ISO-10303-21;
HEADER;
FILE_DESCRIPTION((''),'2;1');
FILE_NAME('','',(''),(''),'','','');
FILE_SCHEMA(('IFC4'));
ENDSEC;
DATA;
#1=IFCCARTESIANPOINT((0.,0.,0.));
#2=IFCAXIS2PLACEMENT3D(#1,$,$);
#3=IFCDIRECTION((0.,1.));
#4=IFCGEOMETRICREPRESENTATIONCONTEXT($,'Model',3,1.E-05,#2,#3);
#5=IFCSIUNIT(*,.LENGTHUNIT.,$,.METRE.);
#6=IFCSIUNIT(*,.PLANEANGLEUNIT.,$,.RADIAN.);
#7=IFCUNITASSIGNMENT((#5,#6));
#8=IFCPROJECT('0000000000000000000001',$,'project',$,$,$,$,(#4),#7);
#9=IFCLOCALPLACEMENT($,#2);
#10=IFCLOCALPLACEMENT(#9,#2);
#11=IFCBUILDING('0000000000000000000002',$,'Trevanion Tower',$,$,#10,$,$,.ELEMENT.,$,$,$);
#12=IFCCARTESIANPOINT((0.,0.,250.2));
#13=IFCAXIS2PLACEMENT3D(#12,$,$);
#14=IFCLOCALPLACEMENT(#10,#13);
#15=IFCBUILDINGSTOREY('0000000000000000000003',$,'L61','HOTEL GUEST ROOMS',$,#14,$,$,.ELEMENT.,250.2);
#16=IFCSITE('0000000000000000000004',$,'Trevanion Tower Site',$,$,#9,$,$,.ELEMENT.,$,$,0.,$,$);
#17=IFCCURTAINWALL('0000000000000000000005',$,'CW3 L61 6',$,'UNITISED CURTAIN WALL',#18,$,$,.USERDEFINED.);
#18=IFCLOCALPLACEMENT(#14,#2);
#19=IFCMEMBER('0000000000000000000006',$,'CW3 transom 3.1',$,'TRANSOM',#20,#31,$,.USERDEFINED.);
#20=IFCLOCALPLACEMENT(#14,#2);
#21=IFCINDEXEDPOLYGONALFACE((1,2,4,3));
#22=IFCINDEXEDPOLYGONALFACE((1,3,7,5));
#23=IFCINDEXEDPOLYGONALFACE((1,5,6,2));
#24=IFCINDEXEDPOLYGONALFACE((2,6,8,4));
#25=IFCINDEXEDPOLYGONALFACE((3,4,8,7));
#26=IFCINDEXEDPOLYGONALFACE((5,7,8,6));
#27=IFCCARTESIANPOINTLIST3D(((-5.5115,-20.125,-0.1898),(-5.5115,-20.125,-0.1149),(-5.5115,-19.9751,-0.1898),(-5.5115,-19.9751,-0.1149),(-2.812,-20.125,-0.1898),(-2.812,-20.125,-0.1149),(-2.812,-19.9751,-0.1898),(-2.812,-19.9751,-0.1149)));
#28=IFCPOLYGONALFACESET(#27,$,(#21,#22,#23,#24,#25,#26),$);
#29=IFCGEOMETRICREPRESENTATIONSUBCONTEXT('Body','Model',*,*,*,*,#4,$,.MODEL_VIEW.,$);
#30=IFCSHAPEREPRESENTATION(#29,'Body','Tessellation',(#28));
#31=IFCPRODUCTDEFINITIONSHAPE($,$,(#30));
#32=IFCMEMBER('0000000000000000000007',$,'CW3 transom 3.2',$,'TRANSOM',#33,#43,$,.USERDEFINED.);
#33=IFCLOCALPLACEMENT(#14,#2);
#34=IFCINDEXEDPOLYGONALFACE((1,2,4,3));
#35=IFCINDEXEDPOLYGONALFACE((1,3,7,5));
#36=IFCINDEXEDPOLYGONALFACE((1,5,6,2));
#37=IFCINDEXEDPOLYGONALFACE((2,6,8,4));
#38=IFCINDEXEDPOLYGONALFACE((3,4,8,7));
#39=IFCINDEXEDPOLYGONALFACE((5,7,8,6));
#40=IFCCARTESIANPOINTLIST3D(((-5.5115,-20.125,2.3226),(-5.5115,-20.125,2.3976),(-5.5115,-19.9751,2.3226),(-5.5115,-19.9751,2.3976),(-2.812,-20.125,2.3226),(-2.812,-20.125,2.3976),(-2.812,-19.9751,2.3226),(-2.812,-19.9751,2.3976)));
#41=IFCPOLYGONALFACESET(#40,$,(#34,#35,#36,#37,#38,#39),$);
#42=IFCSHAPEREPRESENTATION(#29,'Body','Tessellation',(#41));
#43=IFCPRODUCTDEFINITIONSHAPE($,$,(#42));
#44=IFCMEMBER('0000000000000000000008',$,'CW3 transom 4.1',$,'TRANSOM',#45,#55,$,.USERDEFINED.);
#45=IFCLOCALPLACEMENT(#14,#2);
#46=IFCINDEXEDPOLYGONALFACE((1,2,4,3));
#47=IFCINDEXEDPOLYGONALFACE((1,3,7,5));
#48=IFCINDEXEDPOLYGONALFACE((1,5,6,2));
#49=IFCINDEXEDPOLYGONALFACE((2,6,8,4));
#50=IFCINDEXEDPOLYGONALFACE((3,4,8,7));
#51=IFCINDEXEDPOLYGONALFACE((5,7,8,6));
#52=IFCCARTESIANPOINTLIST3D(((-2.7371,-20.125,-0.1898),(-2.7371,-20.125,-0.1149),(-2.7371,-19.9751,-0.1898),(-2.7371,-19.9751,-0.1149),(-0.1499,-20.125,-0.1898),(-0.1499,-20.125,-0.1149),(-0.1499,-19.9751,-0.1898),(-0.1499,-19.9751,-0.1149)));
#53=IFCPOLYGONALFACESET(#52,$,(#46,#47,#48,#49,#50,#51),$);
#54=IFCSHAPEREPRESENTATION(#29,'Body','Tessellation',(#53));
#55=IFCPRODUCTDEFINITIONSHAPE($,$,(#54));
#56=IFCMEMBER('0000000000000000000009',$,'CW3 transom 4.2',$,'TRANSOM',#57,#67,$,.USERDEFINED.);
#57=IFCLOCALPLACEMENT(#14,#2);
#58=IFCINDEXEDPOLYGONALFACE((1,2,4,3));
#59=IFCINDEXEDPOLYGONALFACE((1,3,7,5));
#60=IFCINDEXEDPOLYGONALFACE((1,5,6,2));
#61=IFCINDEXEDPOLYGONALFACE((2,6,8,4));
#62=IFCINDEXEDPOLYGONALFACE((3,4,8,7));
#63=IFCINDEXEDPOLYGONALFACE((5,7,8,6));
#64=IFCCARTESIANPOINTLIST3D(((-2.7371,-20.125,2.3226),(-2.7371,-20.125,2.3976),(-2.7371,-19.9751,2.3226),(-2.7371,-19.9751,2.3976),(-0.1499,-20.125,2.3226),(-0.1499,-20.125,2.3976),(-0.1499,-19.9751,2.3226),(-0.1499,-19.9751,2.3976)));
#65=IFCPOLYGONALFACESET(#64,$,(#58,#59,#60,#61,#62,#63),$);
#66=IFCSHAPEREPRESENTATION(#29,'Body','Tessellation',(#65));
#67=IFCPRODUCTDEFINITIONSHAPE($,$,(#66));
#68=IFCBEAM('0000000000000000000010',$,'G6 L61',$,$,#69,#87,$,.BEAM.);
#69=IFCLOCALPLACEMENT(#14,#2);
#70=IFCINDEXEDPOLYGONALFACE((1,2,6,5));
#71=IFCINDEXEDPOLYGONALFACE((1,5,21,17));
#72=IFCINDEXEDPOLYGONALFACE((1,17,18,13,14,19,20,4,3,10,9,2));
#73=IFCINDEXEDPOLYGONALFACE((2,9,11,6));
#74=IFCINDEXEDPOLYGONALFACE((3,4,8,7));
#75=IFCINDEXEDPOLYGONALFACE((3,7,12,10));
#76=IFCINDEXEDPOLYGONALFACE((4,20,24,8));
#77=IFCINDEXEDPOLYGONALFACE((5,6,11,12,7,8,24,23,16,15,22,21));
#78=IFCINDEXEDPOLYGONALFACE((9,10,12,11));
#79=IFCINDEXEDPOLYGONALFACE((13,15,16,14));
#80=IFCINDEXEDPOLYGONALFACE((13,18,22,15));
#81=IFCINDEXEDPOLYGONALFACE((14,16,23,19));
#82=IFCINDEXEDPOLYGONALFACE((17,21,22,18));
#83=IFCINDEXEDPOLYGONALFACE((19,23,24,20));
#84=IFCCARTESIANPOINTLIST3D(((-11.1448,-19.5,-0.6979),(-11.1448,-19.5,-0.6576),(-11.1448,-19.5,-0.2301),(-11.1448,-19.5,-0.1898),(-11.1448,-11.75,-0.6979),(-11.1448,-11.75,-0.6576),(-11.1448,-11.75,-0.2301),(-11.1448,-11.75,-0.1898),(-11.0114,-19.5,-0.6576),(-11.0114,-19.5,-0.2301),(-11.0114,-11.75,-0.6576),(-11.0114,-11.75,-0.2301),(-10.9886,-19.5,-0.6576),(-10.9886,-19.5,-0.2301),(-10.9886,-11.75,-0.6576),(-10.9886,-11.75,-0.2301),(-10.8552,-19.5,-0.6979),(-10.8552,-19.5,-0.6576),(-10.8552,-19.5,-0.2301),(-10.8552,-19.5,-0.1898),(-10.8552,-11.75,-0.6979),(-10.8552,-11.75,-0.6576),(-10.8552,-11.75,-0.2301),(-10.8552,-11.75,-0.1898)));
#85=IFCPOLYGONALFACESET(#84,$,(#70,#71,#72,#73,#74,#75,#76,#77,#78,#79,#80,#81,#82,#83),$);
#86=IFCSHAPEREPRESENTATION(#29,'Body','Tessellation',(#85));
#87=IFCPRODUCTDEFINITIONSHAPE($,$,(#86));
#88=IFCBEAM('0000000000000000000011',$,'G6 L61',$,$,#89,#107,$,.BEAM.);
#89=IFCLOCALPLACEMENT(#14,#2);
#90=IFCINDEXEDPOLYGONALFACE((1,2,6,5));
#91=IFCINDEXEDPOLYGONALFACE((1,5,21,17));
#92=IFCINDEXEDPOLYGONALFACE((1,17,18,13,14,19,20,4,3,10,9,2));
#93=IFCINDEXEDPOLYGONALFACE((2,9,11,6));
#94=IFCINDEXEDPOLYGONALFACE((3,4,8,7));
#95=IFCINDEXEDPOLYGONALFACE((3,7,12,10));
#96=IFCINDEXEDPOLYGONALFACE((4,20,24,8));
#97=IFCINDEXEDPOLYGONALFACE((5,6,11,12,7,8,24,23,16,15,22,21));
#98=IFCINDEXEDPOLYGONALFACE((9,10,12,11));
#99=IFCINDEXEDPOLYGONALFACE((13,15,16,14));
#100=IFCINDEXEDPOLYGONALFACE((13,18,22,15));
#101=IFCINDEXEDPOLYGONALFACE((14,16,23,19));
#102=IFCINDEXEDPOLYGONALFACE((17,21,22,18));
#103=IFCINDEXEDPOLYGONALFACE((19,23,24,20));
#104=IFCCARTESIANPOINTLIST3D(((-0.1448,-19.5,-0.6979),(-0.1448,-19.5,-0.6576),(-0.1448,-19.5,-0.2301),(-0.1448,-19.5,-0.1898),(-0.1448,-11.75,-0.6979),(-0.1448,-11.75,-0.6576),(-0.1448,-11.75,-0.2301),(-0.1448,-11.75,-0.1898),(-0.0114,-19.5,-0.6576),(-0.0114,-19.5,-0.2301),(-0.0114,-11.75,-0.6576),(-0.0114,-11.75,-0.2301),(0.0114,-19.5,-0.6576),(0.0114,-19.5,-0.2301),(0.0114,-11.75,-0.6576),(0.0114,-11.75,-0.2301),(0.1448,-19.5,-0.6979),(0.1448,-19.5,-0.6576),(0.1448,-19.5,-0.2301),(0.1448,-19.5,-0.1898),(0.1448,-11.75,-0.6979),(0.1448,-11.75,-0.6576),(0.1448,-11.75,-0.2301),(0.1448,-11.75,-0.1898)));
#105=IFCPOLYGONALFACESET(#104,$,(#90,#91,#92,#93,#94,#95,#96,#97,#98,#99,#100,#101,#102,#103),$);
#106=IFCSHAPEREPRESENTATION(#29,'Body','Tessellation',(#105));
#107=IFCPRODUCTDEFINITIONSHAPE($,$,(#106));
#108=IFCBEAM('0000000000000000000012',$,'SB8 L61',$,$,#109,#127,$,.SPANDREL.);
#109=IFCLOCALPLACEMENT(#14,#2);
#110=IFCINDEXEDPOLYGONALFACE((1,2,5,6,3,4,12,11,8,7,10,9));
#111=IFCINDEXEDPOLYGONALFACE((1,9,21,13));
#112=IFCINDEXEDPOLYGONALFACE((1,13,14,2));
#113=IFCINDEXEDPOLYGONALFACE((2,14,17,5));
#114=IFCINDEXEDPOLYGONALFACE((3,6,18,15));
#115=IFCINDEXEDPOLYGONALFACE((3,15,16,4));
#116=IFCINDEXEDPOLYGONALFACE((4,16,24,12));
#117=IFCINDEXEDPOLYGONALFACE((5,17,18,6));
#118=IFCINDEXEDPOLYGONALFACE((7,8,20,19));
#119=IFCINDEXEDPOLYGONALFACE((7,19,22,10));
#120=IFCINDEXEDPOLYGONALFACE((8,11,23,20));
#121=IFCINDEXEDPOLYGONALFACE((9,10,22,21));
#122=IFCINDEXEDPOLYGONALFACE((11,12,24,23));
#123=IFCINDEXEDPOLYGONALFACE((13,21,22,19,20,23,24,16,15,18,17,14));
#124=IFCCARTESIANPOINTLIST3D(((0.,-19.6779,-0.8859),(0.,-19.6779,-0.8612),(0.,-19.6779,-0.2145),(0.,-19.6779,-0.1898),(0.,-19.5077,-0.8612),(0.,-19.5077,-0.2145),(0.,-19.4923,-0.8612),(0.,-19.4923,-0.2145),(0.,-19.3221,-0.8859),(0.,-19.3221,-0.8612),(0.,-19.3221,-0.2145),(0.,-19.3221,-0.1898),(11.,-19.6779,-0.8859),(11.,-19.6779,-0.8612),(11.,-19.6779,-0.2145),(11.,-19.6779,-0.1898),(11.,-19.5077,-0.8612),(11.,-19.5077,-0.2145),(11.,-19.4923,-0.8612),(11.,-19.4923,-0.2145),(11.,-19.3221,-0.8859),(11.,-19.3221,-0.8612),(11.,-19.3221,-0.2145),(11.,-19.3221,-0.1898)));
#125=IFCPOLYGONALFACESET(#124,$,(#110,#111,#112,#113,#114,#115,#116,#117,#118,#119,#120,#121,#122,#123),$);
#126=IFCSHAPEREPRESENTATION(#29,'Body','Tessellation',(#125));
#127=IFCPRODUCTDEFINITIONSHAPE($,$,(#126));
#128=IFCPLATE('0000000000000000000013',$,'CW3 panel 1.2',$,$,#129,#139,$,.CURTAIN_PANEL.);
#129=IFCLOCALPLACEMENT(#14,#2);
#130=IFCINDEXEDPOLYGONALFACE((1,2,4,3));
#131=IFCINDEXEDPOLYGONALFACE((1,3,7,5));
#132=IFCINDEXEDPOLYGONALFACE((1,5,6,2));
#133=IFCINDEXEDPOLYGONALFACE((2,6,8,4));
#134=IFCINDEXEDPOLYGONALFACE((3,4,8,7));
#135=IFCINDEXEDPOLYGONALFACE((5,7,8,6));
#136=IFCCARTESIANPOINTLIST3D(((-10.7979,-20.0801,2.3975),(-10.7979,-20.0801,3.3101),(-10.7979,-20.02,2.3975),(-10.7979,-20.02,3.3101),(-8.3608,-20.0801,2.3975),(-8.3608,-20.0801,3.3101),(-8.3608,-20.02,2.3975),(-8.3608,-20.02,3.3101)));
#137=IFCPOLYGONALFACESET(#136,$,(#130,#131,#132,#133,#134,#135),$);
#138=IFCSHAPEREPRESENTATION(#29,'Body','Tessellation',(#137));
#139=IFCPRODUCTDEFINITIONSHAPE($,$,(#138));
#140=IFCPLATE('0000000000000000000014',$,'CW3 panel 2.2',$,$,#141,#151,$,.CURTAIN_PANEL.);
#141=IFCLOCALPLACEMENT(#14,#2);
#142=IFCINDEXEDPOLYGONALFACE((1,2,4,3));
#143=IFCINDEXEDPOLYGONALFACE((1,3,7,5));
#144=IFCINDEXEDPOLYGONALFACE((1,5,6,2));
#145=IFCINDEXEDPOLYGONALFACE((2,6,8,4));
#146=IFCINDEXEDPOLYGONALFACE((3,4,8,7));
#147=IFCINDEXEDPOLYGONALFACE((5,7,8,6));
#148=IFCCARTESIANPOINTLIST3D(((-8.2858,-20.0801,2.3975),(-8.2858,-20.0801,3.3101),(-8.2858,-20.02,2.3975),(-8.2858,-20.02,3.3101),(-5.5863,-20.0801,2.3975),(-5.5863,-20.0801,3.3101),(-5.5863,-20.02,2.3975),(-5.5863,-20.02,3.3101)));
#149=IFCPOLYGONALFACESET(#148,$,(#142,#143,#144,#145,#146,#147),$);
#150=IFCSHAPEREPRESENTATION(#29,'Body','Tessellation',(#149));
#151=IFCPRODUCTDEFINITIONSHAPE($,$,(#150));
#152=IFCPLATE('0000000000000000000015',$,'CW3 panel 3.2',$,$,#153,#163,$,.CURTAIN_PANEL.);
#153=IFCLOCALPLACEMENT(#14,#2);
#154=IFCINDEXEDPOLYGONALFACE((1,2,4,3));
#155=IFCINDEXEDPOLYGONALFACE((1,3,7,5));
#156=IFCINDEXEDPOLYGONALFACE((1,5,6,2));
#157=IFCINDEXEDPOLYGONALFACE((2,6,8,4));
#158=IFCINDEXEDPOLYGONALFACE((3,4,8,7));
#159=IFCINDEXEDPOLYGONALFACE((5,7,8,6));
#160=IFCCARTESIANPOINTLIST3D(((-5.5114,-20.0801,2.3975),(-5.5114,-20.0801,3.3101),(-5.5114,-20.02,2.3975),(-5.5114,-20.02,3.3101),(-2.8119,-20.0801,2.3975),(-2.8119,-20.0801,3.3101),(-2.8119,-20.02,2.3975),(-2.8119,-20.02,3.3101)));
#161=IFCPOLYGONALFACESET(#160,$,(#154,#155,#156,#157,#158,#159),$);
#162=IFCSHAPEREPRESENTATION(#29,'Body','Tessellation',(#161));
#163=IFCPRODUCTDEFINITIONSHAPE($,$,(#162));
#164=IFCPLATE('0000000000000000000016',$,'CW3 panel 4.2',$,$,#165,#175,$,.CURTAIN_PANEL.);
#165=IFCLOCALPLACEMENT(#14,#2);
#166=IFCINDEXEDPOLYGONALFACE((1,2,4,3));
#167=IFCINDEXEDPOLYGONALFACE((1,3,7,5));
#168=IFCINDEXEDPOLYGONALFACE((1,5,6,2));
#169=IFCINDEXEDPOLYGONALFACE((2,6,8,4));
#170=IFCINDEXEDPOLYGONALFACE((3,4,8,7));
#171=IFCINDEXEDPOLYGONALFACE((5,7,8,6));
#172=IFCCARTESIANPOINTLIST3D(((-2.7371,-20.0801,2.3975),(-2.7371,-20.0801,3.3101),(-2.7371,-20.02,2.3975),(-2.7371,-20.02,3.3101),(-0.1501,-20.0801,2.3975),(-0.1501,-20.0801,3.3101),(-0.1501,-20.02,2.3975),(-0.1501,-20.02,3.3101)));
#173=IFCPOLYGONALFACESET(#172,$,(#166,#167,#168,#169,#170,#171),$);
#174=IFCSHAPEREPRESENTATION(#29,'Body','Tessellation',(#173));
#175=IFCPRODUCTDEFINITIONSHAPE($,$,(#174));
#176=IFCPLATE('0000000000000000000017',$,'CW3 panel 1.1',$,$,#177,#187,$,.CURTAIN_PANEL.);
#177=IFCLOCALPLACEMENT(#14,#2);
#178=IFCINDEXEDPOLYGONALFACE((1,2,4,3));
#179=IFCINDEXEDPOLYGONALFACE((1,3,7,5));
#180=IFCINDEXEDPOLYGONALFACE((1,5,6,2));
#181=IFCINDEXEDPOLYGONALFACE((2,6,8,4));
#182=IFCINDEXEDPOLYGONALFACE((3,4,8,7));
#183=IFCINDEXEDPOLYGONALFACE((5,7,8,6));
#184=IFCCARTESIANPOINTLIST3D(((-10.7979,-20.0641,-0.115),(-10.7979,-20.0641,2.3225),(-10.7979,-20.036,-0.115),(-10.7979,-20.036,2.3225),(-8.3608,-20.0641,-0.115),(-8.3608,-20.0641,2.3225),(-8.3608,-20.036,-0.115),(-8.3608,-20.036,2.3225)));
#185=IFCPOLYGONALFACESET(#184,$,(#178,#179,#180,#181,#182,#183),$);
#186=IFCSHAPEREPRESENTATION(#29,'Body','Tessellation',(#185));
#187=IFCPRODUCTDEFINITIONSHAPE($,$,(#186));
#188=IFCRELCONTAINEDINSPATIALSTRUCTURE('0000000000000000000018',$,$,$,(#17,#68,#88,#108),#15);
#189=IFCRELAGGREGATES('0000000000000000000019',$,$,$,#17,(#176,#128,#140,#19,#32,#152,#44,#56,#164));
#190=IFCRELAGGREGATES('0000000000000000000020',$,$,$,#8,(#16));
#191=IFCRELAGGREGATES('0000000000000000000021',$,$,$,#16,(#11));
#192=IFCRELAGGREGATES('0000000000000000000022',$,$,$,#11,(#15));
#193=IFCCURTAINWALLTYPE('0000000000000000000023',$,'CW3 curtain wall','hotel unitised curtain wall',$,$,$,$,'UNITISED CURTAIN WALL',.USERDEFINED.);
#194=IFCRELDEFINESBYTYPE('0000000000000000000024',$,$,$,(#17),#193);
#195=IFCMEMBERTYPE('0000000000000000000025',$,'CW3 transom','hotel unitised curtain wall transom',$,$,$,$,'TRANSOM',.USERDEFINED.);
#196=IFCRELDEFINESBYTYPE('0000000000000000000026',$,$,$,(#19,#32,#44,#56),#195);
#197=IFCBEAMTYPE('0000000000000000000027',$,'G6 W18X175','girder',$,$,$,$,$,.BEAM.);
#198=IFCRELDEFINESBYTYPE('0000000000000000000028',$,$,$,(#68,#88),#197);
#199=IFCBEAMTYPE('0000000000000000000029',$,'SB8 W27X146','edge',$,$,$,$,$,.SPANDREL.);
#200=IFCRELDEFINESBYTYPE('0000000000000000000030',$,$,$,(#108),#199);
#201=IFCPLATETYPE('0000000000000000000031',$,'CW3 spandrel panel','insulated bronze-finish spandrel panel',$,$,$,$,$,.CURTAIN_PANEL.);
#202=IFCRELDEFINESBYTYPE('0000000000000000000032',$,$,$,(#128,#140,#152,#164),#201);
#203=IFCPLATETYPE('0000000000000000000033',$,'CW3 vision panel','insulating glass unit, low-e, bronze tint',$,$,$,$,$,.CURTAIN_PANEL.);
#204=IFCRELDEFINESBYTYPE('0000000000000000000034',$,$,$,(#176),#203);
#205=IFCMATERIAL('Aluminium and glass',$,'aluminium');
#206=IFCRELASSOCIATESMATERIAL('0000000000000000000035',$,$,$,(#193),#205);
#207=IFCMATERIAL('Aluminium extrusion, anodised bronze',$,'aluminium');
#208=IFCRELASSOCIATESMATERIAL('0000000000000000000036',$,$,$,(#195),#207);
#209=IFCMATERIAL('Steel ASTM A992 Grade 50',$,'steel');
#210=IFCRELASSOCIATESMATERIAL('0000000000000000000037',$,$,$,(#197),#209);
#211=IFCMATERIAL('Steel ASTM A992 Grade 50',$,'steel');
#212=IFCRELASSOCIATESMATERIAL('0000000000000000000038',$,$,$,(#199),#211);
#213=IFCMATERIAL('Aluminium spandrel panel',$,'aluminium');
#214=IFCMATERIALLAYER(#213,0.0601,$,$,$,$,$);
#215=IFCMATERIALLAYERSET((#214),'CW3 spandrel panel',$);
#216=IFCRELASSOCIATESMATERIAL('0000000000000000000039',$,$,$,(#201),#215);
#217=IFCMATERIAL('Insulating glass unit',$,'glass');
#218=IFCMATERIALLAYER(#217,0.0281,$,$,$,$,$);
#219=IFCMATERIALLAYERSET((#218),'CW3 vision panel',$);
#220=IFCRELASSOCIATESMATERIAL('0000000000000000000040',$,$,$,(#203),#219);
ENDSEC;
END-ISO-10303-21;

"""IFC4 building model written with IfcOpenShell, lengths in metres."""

from ifc_helpers import new_model, si_unit, direction, frame, origin, origin_2d, place, context, subcontext, project, spatial, rectangle, i_section, extrude, material, layer, layer_set, material_profile, profile_set, type_object, element, aggregate, save


model = new_model("IFC4")

# Units and contexts
model_context = context("Model", 3, precision=1e-05, world=origin(), true_north=direction((0.0, 1.0)))
body_context = subcontext(model_context, "Body", "Model", "MODEL_VIEW")
ifc_project = project(units=[si_unit("LENGTHUNIT", "METRE"), si_unit("PLANEANGLEUNIT", "RADIAN")], contexts=[model_context])

# Site, building, storey
site_placement = place(None, origin())
site = spatial("IfcSite", under=ifc_project, at=site_placement, Name="Trevanion Tower Site", CompositionType="ELEMENT", RefElevation=0.0)
building_placement = place(site_placement, origin())
building = spatial("IfcBuilding", under=site, at=building_placement, Name="Trevanion Tower", CompositionType="ELEMENT")
storey_placement = place(building_placement, frame((0.0, 0.0, 250.2)))
storey = spatial("IfcBuildingStorey", under=building, at=storey_placement, Name="L61", Description="HOTEL GUEST ROOMS", CompositionType="ELEMENT", Elevation=250.2)

# Curtain wall, members
ifc_material_1 = material(Name="Aluminium and glass", Category="aluminium")
curtain_wall_type = type_object("IfcCurtainWallType", Name="CW3 curtain wall", Description="hotel unitised curtain wall", ElementType="UNITISED CURTAIN WALL", PredefinedType="USERDEFINED", material=ifc_material_1)
curtain_wall_placement = place(storey_placement, origin())
curtain_wall = element("IfcCurtainWall", 1, at=curtain_wall_placement, inside=storey, type_object=curtain_wall_type, Name="CW3 L61 6", ObjectType="UNITISED CURTAIN WALL", PredefinedType="USERDEFINED")
ifc_material_2 = material(Name="Aluminium extrusion, anodised bronze", Category="aluminium")
ifc_material_profile_1 = material_profile(ifc_material_2, rectangle(XDim=0.1499, YDim=0.075, at=origin_2d()), Name="CW3 transom")
ifc_profile_set_1 = profile_set([ifc_material_profile_1], Name="Aluminium extrusion, anodised bronze")
member_type_1 = type_object("IfcMemberType", Name="CW3 transom", Description="hotel unitised curtain wall transom", ElementType="TRANSOM", PredefinedType="USERDEFINED", material=ifc_profile_set_1)
member_1_placement = place(storey_placement, frame((-5.5115, -20.05, -0.1523), z_axis=(1.0, 0.0, 0.0), x_axis=(0.0, 1.0, 0.0)))
member_1 = element("IfcMember", 2, at=member_1_placement, type_object=member_type_1, Name="CW3 transom 3.1", ObjectType="TRANSOM", PredefinedType="USERDEFINED", context=body_context, shape_type="SweptSolid", body=[
    extrude(rectangle(XDim=0.1499, YDim=0.075, at=origin_2d()), origin(), (0.0, 0.0, 1.0), 2.6995),
])
member_2_placement = place(storey_placement, frame((-5.5115, -20.05, 2.3601), z_axis=(1.0, 0.0, 0.0), x_axis=(0.0, 1.0, 0.0)))
member_2 = element("IfcMember", 3, at=member_2_placement, type_object=member_type_1, Name="CW3 transom 3.2", ObjectType="TRANSOM", PredefinedType="USERDEFINED", context=body_context, shape_type="SweptSolid", body=[
    extrude(rectangle(XDim=0.1499, YDim=0.075, at=origin_2d()), origin(), (0.0, 0.0, 1.0), 2.6995),
])
member_3_placement = place(storey_placement, frame((-2.7371, -20.05, -0.1523), z_axis=(1.0, 0.0, 0.0), x_axis=(0.0, 1.0, 0.0)))
member_3 = element("IfcMember", 4, at=member_3_placement, type_object=member_type_1, Name="CW3 transom 4.1", ObjectType="TRANSOM", PredefinedType="USERDEFINED", context=body_context, shape_type="SweptSolid", body=[
    extrude(rectangle(XDim=0.1499, YDim=0.075, at=origin_2d()), origin(), (0.0, 0.0, 1.0), 2.5872),
])
member_4_placement = place(storey_placement, frame((-2.7371, -20.05, 2.3601), z_axis=(1.0, 0.0, 0.0), x_axis=(0.0, 1.0, 0.0)))
member_4 = element("IfcMember", 5, at=member_4_placement, type_object=member_type_1, Name="CW3 transom 4.2", ObjectType="TRANSOM", PredefinedType="USERDEFINED", context=body_context, shape_type="SweptSolid", body=[
    extrude(rectangle(XDim=0.1499, YDim=0.075, at=origin_2d()), origin(), (0.0, 0.0, 1.0), 2.5872),
])

# Beams
ifc_material_3 = material(Name="Steel ASTM A992 Grade 50", Category="steel")
ifc_material_profile_2 = material_profile(ifc_material_3, i_section(OverallWidth=0.2896, OverallDepth=0.5081, WebThickness=0.0227, FlangeThickness=0.0403, at=origin_2d()), Name="W18X175")
ifc_profile_set_2 = profile_set([ifc_material_profile_2], Name="Steel ASTM A992 Grade 50")
beam_type_1 = type_object("IfcBeamType", Name="G6 W18X175", Description="girder", PredefinedType="BEAM", material=ifc_profile_set_2)
for number, where, z_axis, x_axis, name in (
    (6, (-11.0, -11.75, -0.4438), (0.0, -1.0, 0.0), (1.0, 0.0, 0.0), "G6 L61"),
    (7, (0.0, -11.75, -0.4438), (0.0, -1.0, 0.0), (1.0, 0.0, 0.0), "G6 L61"),
):
    element("IfcBeam", number, at=place(storey_placement, frame(where, z_axis=z_axis, x_axis=x_axis)), inside=storey, type_object=beam_type_1, Name=name, PredefinedType="BEAM", context=body_context, shape_type="SweptSolid", body=[
        extrude(i_section(OverallWidth=0.2896, OverallDepth=0.5081, WebThickness=0.0227, FlangeThickness=0.0403, at=origin_2d()), origin(), (0.0, 0.0, 1.0), 7.75),
    ])
ifc_material_4 = material(Name="Steel ASTM A992 Grade 50", Category="steel")
ifc_material_profile_3 = material_profile(ifc_material_4, i_section(OverallWidth=0.3557, OverallDepth=0.696, WebThickness=0.0154, FlangeThickness=0.0247, at=origin_2d()), Name="W27X146")
ifc_profile_set_3 = profile_set([ifc_material_profile_3], Name="Steel ASTM A992 Grade 50")
beam_type_2 = type_object("IfcBeamType", Name="SB8 W27X146", Description="edge", PredefinedType="SPANDREL", material=ifc_profile_set_3)
beam_placement = place(storey_placement, frame((0.0, -19.5, -0.5378), z_axis=(1.0, 0.0, 0.0), x_axis=(0.0, 1.0, 0.0)))
element("IfcBeam", 8, at=beam_placement, inside=storey, type_object=beam_type_2, Name="SB8 L61", PredefinedType="SPANDREL", context=body_context, shape_type="SweptSolid", body=[
    extrude(i_section(OverallWidth=0.3557, OverallDepth=0.696, WebThickness=0.0154, FlangeThickness=0.0247, at=origin_2d()), origin(), (0.0, 0.0, 1.0), 11.0),
])

# Plates
ifc_material_5 = material(Name="Aluminium spandrel panel", Category="aluminium")
ifc_layer_1 = layer(ifc_material_5, 0.0601)
ifc_layer_set_1 = layer_set([ifc_layer_1], Name="CW3 spandrel panel")
plate_type_1 = type_object("IfcPlateType", Name="CW3 spandrel panel", Description="insulated bronze-finish spandrel panel", PredefinedType="CURTAIN_PANEL", material=ifc_layer_set_1)
plate_1_placement = place(storey_placement, frame((-9.5793, -20.05, 2.3975), z_axis=(0.0, 0.0, 1.0), x_axis=(1.0, 0.0, 0.0)))
plate_1 = element("IfcPlate", 9, at=plate_1_placement, type_object=plate_type_1, Name="CW3 panel 1.2", PredefinedType="CURTAIN_PANEL", context=body_context, shape_type="SweptSolid", body=[
    extrude(rectangle(XDim=2.437, YDim=0.0601, at=origin_2d()), origin(), (0.0, 0.0, 1.0), 0.9126),
])
plate_2_placement = place(storey_placement, frame((-6.936, -20.05, 2.3975), z_axis=(0.0, 0.0, 1.0), x_axis=(1.0, 0.0, 0.0)))
plate_2 = element("IfcPlate", 10, at=plate_2_placement, type_object=plate_type_1, Name="CW3 panel 2.2", PredefinedType="CURTAIN_PANEL", context=body_context, shape_type="SweptSolid", body=[
    extrude(rectangle(XDim=2.6995, YDim=0.0601, at=origin_2d()), origin(), (0.0, 0.0, 1.0), 0.9126),
])
plate_3_placement = place(storey_placement, frame((-4.1616, -20.05, 2.3975), z_axis=(0.0, 0.0, 1.0), x_axis=(1.0, 0.0, 0.0)))
plate_3 = element("IfcPlate", 11, at=plate_3_placement, type_object=plate_type_1, Name="CW3 panel 3.2", PredefinedType="CURTAIN_PANEL", context=body_context, shape_type="SweptSolid", body=[
    extrude(rectangle(XDim=2.6995, YDim=0.0601, at=origin_2d()), origin(), (0.0, 0.0, 1.0), 0.9126),
])
plate_4_placement = place(storey_placement, frame((-1.4436, -20.05, 2.3975), z_axis=(0.0, 0.0, 1.0), x_axis=(1.0, 0.0, 0.0)))
plate_4 = element("IfcPlate", 12, at=plate_4_placement, type_object=plate_type_1, Name="CW3 panel 4.2", PredefinedType="CURTAIN_PANEL", context=body_context, shape_type="SweptSolid", body=[
    extrude(rectangle(XDim=2.5869, YDim=0.0601, at=origin_2d()), origin(), (0.0, 0.0, 1.0), 0.9126),
])
ifc_material_6 = material(Name="Insulating glass unit", Category="glass")
ifc_layer_2 = layer(ifc_material_6, 0.0281)
ifc_layer_set_2 = layer_set([ifc_layer_2], Name="CW3 vision panel")
plate_type_2 = type_object("IfcPlateType", Name="CW3 vision panel", Description="insulating glass unit, low-e, bronze tint", PredefinedType="CURTAIN_PANEL", material=ifc_layer_set_2)
plate_5_placement = place(storey_placement, frame((-9.5793, -20.05, -0.115), z_axis=(0.0, 0.0, 1.0), x_axis=(1.0, 0.0, 0.0)))
plate_5 = element("IfcPlate", 13, at=plate_5_placement, type_object=plate_type_2, Name="CW3 panel 1.1", PredefinedType="CURTAIN_PANEL", context=body_context, shape_type="SweptSolid", body=[
    extrude(rectangle(XDim=2.437, YDim=0.0281, at=origin_2d()), origin(), (0.0, 0.0, 1.0), 2.4375),
])
aggregate(curtain_wall, [plate_5, plate_1, plate_2, member_1, member_2, plate_3, member_3, member_4, plate_4])

save(model, "model.ifc")
